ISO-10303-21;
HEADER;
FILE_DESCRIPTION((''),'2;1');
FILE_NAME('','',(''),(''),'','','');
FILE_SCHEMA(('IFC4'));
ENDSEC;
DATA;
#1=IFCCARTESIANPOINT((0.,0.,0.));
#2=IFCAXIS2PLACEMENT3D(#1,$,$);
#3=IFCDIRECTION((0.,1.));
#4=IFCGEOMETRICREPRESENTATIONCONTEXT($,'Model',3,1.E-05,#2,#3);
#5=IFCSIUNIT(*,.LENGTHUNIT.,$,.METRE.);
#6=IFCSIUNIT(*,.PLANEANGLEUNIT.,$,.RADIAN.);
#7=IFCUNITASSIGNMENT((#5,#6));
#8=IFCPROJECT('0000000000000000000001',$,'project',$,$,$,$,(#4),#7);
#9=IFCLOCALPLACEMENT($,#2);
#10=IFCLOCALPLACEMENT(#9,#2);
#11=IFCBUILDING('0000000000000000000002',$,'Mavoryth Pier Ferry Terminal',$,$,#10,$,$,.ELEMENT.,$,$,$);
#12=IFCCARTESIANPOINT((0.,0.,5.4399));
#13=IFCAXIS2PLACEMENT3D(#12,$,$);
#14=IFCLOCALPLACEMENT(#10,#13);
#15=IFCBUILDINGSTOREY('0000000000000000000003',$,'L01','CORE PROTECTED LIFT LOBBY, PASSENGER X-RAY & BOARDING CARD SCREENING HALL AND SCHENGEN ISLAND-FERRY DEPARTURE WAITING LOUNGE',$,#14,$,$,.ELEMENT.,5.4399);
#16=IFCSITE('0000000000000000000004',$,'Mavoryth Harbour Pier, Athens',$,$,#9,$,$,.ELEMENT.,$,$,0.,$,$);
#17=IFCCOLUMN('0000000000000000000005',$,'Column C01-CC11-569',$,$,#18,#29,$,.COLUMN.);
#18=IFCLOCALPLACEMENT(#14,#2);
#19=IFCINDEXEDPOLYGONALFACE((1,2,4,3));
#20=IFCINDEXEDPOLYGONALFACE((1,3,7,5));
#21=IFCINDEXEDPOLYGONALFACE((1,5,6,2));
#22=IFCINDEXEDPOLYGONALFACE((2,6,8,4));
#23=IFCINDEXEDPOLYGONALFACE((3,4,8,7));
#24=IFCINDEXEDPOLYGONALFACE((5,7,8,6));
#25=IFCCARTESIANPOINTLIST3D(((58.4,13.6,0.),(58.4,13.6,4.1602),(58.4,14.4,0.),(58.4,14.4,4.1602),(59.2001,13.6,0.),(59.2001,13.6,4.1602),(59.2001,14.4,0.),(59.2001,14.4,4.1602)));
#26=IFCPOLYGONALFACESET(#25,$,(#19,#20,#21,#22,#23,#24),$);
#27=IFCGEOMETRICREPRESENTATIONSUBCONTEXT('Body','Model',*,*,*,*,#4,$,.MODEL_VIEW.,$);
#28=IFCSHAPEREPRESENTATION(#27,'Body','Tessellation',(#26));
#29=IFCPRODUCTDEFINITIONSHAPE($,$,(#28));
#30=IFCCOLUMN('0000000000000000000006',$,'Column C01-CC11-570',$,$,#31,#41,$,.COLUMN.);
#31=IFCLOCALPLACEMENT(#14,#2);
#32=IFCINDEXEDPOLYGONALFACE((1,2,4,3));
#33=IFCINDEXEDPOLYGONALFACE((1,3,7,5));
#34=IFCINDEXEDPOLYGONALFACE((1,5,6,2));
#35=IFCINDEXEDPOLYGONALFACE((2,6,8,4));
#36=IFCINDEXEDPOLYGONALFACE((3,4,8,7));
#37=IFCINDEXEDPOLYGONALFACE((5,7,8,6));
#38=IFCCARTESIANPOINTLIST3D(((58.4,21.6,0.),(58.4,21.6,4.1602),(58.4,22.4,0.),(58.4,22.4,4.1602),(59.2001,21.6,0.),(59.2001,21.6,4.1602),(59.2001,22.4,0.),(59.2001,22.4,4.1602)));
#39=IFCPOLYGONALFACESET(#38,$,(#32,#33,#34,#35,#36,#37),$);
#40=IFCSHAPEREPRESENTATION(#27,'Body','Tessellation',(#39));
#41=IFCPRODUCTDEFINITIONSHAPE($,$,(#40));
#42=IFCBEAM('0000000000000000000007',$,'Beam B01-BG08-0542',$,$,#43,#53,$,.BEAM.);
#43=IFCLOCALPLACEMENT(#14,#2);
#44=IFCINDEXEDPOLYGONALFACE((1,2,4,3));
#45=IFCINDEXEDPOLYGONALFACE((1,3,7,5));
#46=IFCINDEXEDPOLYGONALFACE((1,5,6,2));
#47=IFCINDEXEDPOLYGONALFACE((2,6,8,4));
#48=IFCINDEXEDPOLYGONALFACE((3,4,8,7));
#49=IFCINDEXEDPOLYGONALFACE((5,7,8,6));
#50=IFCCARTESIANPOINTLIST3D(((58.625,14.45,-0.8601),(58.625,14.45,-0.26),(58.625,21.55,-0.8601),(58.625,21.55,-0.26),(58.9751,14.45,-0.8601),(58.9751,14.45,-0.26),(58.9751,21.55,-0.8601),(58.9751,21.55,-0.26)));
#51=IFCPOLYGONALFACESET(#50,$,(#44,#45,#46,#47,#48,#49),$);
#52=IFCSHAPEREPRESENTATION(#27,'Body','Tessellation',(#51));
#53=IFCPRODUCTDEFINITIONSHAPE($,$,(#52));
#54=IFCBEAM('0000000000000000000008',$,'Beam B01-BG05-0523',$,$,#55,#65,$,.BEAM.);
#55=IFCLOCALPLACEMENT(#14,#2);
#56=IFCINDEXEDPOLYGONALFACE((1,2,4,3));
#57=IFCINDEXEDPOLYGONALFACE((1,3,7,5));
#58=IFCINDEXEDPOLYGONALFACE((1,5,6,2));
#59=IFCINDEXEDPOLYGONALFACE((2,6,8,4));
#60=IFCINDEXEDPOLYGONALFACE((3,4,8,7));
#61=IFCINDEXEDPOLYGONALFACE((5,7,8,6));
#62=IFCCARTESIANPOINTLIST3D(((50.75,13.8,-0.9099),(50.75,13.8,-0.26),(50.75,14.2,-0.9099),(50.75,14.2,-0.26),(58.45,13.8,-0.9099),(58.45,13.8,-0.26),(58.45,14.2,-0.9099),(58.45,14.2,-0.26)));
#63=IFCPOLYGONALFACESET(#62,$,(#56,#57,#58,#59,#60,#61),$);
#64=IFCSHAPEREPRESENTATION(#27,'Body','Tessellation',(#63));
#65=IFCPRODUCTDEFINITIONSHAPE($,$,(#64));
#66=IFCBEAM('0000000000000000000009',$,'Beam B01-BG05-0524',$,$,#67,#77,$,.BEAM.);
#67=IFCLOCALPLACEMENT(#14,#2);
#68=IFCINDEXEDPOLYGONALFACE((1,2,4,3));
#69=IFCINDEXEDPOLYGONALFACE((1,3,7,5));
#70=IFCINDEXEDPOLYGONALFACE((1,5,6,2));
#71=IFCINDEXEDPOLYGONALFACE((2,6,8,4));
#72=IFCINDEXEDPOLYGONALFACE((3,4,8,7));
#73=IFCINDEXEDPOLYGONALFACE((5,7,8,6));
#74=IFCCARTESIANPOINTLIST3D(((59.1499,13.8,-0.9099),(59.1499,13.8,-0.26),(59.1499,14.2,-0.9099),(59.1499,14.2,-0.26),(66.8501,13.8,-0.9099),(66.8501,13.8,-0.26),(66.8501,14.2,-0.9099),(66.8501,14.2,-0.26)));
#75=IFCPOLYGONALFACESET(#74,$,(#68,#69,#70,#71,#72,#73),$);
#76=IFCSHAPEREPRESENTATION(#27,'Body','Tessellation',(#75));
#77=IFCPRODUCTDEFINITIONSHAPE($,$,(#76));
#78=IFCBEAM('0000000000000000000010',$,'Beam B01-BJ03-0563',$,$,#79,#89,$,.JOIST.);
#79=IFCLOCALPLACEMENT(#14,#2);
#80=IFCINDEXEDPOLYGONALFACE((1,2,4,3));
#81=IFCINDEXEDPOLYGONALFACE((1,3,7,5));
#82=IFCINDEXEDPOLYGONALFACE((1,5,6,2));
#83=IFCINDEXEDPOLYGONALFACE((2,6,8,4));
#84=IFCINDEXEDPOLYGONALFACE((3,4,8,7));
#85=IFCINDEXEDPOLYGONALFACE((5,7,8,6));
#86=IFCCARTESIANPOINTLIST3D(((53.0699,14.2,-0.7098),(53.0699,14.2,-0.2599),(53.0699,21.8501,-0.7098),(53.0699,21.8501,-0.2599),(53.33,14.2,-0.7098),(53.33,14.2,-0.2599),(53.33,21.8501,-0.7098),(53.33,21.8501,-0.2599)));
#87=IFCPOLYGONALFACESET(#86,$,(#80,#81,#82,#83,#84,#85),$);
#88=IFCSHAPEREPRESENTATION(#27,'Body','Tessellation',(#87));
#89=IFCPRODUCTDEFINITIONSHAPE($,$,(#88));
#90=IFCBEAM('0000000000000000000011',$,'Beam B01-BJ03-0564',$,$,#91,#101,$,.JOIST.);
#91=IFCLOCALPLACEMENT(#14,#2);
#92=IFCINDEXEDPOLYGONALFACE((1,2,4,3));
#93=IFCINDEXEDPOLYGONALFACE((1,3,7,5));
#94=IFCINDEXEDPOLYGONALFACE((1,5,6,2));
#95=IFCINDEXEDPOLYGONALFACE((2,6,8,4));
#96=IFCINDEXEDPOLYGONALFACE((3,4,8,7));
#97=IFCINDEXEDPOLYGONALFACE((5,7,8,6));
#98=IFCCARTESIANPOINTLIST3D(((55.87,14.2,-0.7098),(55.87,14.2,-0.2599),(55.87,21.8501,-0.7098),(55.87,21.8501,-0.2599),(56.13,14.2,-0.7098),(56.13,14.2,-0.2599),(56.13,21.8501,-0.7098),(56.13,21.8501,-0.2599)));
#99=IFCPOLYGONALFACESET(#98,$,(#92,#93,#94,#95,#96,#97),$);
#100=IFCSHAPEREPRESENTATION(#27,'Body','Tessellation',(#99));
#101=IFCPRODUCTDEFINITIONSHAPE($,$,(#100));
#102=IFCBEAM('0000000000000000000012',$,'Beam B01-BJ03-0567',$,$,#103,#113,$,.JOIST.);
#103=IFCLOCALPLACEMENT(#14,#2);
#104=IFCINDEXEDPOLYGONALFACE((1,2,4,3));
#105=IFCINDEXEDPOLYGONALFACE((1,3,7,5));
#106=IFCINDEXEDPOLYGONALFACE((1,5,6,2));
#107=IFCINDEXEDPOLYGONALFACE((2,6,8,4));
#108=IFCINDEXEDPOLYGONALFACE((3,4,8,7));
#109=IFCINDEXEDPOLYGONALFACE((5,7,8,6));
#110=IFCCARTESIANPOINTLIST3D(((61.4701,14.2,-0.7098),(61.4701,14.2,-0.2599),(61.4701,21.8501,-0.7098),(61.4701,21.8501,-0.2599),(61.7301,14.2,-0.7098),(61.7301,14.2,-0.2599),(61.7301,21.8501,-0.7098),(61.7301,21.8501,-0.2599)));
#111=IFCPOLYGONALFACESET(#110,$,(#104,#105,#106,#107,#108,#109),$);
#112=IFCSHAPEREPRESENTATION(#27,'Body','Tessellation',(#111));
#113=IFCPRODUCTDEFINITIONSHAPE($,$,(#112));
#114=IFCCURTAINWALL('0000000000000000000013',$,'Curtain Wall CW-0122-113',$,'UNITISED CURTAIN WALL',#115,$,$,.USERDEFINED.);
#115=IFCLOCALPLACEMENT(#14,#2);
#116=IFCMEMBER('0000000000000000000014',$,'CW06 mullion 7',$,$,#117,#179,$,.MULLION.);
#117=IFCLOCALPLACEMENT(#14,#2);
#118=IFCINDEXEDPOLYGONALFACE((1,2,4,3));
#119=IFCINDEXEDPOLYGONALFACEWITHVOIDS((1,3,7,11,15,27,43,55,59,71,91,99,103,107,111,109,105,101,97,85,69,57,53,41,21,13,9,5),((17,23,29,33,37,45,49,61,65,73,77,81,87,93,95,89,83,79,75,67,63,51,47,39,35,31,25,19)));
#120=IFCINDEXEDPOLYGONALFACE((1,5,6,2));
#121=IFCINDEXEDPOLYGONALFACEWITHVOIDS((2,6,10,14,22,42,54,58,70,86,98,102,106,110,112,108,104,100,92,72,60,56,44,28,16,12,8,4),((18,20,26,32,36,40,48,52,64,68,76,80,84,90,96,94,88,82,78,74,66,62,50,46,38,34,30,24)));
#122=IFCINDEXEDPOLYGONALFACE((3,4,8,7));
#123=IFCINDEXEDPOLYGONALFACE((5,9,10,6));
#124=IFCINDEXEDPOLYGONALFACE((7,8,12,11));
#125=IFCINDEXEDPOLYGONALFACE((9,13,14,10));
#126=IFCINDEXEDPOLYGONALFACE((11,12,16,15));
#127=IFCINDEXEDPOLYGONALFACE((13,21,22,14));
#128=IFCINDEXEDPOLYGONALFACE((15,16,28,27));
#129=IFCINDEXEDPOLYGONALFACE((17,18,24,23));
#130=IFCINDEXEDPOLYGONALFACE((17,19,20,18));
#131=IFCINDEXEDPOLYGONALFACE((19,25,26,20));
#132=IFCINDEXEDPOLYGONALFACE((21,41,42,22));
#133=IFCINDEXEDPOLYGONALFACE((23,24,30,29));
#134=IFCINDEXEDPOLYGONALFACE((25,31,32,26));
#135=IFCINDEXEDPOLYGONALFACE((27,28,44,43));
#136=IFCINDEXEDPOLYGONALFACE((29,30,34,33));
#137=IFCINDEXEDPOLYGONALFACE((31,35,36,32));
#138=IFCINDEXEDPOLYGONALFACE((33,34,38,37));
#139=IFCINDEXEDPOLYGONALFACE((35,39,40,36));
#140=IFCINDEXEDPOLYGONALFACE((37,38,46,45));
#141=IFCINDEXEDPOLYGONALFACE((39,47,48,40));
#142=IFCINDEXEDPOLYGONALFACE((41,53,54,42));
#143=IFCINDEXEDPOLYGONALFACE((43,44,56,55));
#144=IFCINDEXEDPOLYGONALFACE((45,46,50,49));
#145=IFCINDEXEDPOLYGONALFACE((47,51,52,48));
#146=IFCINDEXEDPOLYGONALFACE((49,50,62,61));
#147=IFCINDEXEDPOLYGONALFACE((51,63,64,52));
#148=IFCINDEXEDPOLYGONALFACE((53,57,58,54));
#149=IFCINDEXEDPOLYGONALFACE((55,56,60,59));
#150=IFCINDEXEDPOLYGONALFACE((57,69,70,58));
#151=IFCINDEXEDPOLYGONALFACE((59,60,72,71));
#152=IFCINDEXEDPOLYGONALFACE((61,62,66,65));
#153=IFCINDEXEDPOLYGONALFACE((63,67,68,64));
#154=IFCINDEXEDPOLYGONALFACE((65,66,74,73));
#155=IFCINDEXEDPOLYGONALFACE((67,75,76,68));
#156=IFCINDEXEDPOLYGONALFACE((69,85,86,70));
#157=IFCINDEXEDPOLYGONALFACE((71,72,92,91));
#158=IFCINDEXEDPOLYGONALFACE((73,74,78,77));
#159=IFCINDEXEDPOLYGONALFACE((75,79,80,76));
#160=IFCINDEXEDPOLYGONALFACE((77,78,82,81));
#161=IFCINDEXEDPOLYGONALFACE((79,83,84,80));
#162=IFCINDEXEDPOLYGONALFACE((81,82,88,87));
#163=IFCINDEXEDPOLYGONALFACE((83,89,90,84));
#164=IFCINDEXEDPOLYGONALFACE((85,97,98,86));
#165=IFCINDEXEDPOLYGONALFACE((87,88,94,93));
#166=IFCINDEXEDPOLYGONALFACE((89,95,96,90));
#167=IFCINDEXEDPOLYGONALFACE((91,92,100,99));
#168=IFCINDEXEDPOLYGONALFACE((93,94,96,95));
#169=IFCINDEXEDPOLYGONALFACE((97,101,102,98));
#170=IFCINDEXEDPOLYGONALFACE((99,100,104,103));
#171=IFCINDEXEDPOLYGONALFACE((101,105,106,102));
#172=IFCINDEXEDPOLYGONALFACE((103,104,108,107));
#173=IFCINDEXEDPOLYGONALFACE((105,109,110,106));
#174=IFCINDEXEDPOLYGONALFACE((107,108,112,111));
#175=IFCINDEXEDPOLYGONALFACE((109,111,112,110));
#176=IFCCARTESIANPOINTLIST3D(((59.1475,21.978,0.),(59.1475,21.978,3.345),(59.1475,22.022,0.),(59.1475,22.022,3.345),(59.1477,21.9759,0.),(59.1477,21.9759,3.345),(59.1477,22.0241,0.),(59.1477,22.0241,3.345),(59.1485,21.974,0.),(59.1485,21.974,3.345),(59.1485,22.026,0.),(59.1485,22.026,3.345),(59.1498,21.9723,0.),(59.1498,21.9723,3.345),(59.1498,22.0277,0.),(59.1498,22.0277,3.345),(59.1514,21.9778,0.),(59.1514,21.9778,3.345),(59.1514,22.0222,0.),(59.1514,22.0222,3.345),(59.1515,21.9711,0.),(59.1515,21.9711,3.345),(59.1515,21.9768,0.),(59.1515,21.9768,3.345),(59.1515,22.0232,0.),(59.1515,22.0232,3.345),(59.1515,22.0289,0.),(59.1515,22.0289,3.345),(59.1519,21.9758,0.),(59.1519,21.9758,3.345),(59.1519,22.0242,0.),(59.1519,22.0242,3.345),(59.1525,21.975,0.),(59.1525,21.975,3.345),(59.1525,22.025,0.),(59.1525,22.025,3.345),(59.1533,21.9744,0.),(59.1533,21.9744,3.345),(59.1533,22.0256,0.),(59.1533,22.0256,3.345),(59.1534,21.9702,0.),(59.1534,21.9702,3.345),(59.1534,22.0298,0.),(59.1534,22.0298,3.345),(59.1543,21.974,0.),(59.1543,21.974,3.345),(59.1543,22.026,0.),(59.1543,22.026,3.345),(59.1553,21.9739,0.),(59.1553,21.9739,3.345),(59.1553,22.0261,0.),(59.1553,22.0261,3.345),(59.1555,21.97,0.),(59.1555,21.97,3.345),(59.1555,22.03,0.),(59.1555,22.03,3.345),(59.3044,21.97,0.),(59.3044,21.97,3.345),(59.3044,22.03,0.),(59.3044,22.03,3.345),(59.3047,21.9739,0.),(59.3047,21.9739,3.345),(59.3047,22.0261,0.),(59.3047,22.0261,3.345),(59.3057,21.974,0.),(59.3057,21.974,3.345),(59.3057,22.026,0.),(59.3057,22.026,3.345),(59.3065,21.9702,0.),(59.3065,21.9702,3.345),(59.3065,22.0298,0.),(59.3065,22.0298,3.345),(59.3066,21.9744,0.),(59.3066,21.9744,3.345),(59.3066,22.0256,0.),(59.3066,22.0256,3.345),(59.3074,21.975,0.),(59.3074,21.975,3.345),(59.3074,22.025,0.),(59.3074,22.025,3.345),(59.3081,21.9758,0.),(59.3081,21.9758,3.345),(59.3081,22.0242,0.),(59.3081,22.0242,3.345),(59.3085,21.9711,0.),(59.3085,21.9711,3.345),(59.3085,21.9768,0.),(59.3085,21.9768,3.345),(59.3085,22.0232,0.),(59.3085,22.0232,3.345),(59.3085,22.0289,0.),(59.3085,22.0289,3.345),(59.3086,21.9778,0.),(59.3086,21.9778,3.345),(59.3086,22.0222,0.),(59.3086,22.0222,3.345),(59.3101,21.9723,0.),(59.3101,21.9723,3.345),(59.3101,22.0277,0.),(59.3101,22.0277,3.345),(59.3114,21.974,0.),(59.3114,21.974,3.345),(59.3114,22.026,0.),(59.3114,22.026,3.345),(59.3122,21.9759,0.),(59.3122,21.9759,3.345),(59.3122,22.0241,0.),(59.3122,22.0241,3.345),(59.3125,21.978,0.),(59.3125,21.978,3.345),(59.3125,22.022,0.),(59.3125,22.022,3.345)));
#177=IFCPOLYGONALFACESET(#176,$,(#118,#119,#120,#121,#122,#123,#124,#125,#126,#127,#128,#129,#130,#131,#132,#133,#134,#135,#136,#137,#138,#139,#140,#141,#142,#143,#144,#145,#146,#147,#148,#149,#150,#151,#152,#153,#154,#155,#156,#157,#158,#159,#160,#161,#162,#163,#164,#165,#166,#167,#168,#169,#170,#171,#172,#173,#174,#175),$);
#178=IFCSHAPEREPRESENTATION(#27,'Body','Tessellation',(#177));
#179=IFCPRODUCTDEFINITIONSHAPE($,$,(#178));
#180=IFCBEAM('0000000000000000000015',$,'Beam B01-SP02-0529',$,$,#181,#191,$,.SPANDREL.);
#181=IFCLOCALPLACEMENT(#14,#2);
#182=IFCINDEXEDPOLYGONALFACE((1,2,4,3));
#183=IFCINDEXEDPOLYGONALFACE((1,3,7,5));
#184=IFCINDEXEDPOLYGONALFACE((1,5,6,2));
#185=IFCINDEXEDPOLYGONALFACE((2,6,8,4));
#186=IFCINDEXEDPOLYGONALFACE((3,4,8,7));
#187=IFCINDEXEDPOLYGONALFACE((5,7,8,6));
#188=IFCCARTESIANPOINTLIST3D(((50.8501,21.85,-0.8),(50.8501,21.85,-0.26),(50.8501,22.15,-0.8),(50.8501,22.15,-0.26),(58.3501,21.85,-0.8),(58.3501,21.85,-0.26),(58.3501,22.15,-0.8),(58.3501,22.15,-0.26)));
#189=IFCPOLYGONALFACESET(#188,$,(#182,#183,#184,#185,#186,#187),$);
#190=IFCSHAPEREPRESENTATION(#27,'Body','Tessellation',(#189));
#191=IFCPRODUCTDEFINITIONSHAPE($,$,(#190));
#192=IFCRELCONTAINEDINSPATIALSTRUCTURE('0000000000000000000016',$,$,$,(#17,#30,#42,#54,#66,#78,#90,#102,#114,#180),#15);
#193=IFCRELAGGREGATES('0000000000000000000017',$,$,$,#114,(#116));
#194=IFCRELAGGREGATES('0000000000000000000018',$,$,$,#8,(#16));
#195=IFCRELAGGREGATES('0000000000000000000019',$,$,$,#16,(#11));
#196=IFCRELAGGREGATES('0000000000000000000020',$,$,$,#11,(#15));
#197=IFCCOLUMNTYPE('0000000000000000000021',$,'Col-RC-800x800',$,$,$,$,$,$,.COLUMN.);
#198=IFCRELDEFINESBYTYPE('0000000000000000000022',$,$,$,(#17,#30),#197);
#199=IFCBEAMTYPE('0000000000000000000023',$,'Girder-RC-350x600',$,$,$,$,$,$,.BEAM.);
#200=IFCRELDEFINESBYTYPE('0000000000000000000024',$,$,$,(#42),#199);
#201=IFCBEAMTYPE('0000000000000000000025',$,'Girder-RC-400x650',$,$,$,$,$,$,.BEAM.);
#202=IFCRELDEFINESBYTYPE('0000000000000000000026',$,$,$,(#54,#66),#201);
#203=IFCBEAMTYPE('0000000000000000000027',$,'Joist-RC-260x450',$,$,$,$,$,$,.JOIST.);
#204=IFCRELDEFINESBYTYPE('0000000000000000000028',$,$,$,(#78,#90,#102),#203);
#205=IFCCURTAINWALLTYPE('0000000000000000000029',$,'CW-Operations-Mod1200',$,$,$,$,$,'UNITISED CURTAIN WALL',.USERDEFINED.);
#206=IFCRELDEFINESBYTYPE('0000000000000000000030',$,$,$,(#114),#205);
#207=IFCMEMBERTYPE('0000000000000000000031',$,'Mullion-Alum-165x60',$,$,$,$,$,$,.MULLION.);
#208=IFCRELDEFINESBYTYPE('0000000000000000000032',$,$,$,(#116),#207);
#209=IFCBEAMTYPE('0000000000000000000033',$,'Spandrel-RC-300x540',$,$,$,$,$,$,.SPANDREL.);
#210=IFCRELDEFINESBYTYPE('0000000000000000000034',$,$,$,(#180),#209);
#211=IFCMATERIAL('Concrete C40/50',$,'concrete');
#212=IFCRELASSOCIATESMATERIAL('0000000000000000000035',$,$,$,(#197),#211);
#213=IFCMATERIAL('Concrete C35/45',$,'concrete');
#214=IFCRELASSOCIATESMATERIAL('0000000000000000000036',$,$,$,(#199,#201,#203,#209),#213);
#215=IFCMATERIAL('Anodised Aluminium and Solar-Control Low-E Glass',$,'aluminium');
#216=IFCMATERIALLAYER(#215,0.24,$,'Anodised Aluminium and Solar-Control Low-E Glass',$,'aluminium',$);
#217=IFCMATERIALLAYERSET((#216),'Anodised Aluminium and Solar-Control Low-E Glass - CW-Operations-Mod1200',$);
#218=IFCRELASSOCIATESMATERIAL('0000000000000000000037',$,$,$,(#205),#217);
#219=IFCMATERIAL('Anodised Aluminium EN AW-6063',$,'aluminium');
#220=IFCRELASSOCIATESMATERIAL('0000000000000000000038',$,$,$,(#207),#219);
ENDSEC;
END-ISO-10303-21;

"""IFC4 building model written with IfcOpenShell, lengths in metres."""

from ifc_helpers import new_model, si_unit, direction, frame, origin, origin_2d, place, context, subcontext, project, spatial, rectangle, hollow_rectangle, extrude, material, layer, layer_set, material_profile, profile_set, type_object, element, aggregate, save


model = new_model("IFC4")

# Units and contexts
model_context = context("Model", 3, precision=1e-05, world=origin(), true_north=direction((0.0, 1.0)))
body_context = subcontext(model_context, "Body", "Model", "MODEL_VIEW")
ifc_project = project(units=[si_unit("LENGTHUNIT", "METRE"), si_unit("PLANEANGLEUNIT", "RADIAN")], contexts=[model_context])

# Site, building, storey
site_placement = place(None, origin())
site = spatial("IfcSite", under=ifc_project, at=site_placement, Name="Mavoryth Harbour Pier, Athens", CompositionType="ELEMENT", RefElevation=0.0)
building_placement = place(site_placement, origin())
building = spatial("IfcBuilding", under=site, at=building_placement, Name="Mavoryth Pier Ferry Terminal", CompositionType="ELEMENT")
storey_placement = place(building_placement, frame((0.0, 0.0, 5.4399)))
storey = spatial("IfcBuildingStorey", under=building, at=storey_placement, Name="L01", Description="CORE PROTECTED LIFT LOBBY, PASSENGER X-RAY & BOARDING CARD SCREENING HALL AND SCHENGEN ISLAND-FERRY DEPARTURE WAITING LOUNGE", CompositionType="ELEMENT", Elevation=5.4399)

# Columns
ifc_material_1 = material(Name="Concrete C40/50", Category="concrete")
ifc_material_profile_1 = material_profile(ifc_material_1, rectangle(XDim=0.8, YDim=0.8, at=origin_2d()), Name="RC 800x800", Category="concrete")
ifc_profile_set_1 = profile_set([ifc_material_profile_1], Name="Concrete C40/50 - RC 800x800")
column_type = type_object("IfcColumnType", Name="Col-RC-800x800", PredefinedType="COLUMN", material=ifc_profile_set_1)
for number, where, z_axis, x_axis, name in (
    (1, (58.8, 14.0, 0.0), (0.0, 0.0, 1.0), (1.0, 0.0, 0.0), "Column C01-CC11-569"),
    (2, (58.8, 22.0, 0.0), (0.0, 0.0, 1.0), (1.0, 0.0, 0.0), "Column C01-CC11-570"),
):
    element("IfcColumn", number, at=place(storey_placement, frame(where, z_axis=z_axis, x_axis=x_axis)), inside=storey, type_object=column_type, Name=name, PredefinedType="COLUMN", context=body_context, shape_type="SweptSolid", body=[
        extrude(rectangle(XDim=0.8, YDim=0.8, at=origin_2d()), origin(), (0.0, 0.0, 1.0), 4.1602),
    ])

# Beams
ifc_material_2 = material(Name="Concrete C35/45", Category="concrete")
ifc_material_profile_2 = material_profile(ifc_material_2, rectangle(XDim=0.3501, YDim=0.6001, at=origin_2d()), Name="RC 350x600", Category="concrete")
ifc_profile_set_2 = profile_set([ifc_material_profile_2], Name="Concrete C35/45 - RC 350x600")
beam_type_1 = type_object("IfcBeamType", Name="Girder-RC-350x600", PredefinedType="BEAM", material=ifc_profile_set_2)
beam_1_placement = place(storey_placement, frame((58.8, 14.45, -0.5601), z_axis=(0.0, 1.0, 0.0), x_axis=(-1.0, 0.0, 0.0)))
element("IfcBeam", 3, at=beam_1_placement, inside=storey, type_object=beam_type_1, Name="Beam B01-BG08-0542", PredefinedType="BEAM", context=body_context, shape_type="SweptSolid", body=[
    extrude(rectangle(XDim=0.3501, YDim=0.6001, at=origin_2d()), origin(), (0.0, 0.0, 1.0), 7.1001),
])
ifc_material_profile_3 = material_profile(ifc_material_2, rectangle(XDim=0.3999, YDim=0.6499, at=origin_2d()), Name="RC 400x650", Category="concrete")
ifc_profile_set_3 = profile_set([ifc_material_profile_3], Name="Concrete C35/45 - RC 400x650")
beam_type_2 = type_object("IfcBeamType", Name="Girder-RC-400x650", PredefinedType="BEAM", material=ifc_profile_set_3)
beam_2_placement = place(storey_placement, frame((50.75, 14.0, -0.585), z_axis=(1.0, 0.0, 0.0), x_axis=(0.0, 1.0, 0.0)))
element("IfcBeam", 4, at=beam_2_placement, inside=storey, type_object=beam_type_2, Name="Beam B01-BG05-0523", PredefinedType="BEAM", context=body_context, shape_type="SweptSolid", body=[
    extrude(rectangle(XDim=0.3999, YDim=0.6499, at=origin_2d()), origin(), (0.0, 0.0, 1.0), 7.7),
])
beam_3_placement = place(storey_placement, frame((59.1499, 14.0, -0.585), z_axis=(1.0, 0.0, 0.0), x_axis=(0.0, 1.0, 0.0)))
element("IfcBeam", 5, at=beam_3_placement, inside=storey, type_object=beam_type_2, Name="Beam B01-BG05-0524", PredefinedType="BEAM", context=body_context, shape_type="SweptSolid", body=[
    extrude(rectangle(XDim=0.3999, YDim=0.6499, at=origin_2d()), origin(), (0.0, 0.0, 1.0), 7.7002),
])
ifc_material_profile_4 = material_profile(ifc_material_2, rectangle(XDim=0.26, YDim=0.45, at=origin_2d()), Name="RC 260x450", Category="concrete")
ifc_profile_set_4 = profile_set([ifc_material_profile_4], Name="Concrete C35/45 - RC 260x450")
beam_type_3 = type_object("IfcBeamType", Name="Joist-RC-260x450", PredefinedType="JOIST", material=ifc_profile_set_4)
for number, where, z_axis, x_axis, name in (
    (6, (53.2, 14.2, -0.4849), (0.0, 1.0, 0.0), (-1.0, 0.0, 0.0), "Beam B01-BJ03-0563"),
    (7, (56.0, 14.2, -0.4849), (0.0, 1.0, 0.0), (-1.0, 0.0, 0.0), "Beam B01-BJ03-0564"),
    (8, (61.6001, 14.2, -0.4849), (0.0, 1.0, 0.0), (-1.0, 0.0, 0.0), "Beam B01-BJ03-0567"),
):
    element("IfcBeam", number, at=place(storey_placement, frame(where, z_axis=z_axis, x_axis=x_axis)), inside=storey, type_object=beam_type_3, Name=name, PredefinedType="JOIST", context=body_context, shape_type="SweptSolid", body=[
        extrude(rectangle(XDim=0.26, YDim=0.45, at=origin_2d()), origin(), (0.0, 0.0, 1.0), 7.6501),
    ])

# Curtain wall, member
ifc_material_3 = material(Name="Anodised Aluminium and Solar-Control Low-E Glass", Category="aluminium")
ifc_layer_1 = layer(ifc_material_3, 0.24, Name="Anodised Aluminium and Solar-Control Low-E Glass", Category="aluminium")
ifc_layer_set_1 = layer_set([ifc_layer_1], Name="Anodised Aluminium and Solar-Control Low-E Glass - CW-Operations-Mod1200")
curtain_wall_type = type_object("IfcCurtainWallType", Name="CW-Operations-Mod1200", ElementType="UNITISED CURTAIN WALL", PredefinedType="USERDEFINED", material=ifc_layer_set_1)
curtain_wall_placement = place(storey_placement, origin())
curtain_wall = element("IfcCurtainWall", 9, at=curtain_wall_placement, inside=storey, type_object=curtain_wall_type, Name="Curtain Wall CW-0122-113", ObjectType="UNITISED CURTAIN WALL", PredefinedType="USERDEFINED")
ifc_material_4 = material(Name="Anodised Aluminium EN AW-6063", Category="aluminium")
ifc_material_profile_5 = material_profile(ifc_material_4, hollow_rectangle(XDim=0.0601, YDim=0.165, WallThickness=0.0039, InnerFilletRadius=0.0039, OuterFilletRadius=0.0081, at=origin_2d()), Name="AL-MULL 165x60x4", Category="aluminium")
ifc_profile_set_5 = profile_set([ifc_material_profile_5], Name="Anodised Aluminium EN AW-6063 - AL-MULL 165x60x4")
member_type = type_object("IfcMemberType", Name="Mullion-Alum-165x60", PredefinedType="MULLION", material=ifc_profile_set_5)
member_placement = place(storey_placement, frame((59.23, 22.0, 0.0), z_axis=(0.0, 0.0, 1.0), x_axis=(0.0, -1.0, 0.0)))
member = element("IfcMember", 10, at=member_placement, type_object=member_type, Name="CW06 mullion 7", PredefinedType="MULLION", context=body_context, shape_type="SweptSolid", body=[
    extrude(hollow_rectangle(XDim=0.0601, YDim=0.165, WallThickness=0.0039, InnerFilletRadius=0.0039, OuterFilletRadius=0.0081, at=origin_2d()), origin(), (0.0, 0.0, 1.0), 3.345),
])

# Beam
ifc_material_profile_6 = material_profile(ifc_material_2, rectangle(XDim=0.3, YDim=0.54, at=origin_2d()), Name="RC 300x540", Category="concrete")
ifc_profile_set_6 = profile_set([ifc_material_profile_6], Name="Concrete C35/45 - RC 300x540")
beam_type_4 = type_object("IfcBeamType", Name="Spandrel-RC-300x540", PredefinedType="SPANDREL", material=ifc_profile_set_6)
for number, where, z_axis, x_axis, name in (
    (11, (50.8501, 22.0, -0.53), (1.0, 0.0, 0.0), (0.0, 1.0, 0.0), "Beam B01-SP02-0529"),
):
    element("IfcBeam", number, at=place(storey_placement, frame(where, z_axis=z_axis, x_axis=x_axis)), inside=storey, type_object=beam_type_4, Name=name, PredefinedType="SPANDREL", context=body_context, shape_type="SweptSolid", body=[
        extrude(rectangle(XDim=0.3, YDim=0.54, at=origin_2d()), origin(), (0.0, 0.0, 1.0), 7.5),
    ])

aggregate(curtain_wall, [member])

save(model, "model.ifc")
